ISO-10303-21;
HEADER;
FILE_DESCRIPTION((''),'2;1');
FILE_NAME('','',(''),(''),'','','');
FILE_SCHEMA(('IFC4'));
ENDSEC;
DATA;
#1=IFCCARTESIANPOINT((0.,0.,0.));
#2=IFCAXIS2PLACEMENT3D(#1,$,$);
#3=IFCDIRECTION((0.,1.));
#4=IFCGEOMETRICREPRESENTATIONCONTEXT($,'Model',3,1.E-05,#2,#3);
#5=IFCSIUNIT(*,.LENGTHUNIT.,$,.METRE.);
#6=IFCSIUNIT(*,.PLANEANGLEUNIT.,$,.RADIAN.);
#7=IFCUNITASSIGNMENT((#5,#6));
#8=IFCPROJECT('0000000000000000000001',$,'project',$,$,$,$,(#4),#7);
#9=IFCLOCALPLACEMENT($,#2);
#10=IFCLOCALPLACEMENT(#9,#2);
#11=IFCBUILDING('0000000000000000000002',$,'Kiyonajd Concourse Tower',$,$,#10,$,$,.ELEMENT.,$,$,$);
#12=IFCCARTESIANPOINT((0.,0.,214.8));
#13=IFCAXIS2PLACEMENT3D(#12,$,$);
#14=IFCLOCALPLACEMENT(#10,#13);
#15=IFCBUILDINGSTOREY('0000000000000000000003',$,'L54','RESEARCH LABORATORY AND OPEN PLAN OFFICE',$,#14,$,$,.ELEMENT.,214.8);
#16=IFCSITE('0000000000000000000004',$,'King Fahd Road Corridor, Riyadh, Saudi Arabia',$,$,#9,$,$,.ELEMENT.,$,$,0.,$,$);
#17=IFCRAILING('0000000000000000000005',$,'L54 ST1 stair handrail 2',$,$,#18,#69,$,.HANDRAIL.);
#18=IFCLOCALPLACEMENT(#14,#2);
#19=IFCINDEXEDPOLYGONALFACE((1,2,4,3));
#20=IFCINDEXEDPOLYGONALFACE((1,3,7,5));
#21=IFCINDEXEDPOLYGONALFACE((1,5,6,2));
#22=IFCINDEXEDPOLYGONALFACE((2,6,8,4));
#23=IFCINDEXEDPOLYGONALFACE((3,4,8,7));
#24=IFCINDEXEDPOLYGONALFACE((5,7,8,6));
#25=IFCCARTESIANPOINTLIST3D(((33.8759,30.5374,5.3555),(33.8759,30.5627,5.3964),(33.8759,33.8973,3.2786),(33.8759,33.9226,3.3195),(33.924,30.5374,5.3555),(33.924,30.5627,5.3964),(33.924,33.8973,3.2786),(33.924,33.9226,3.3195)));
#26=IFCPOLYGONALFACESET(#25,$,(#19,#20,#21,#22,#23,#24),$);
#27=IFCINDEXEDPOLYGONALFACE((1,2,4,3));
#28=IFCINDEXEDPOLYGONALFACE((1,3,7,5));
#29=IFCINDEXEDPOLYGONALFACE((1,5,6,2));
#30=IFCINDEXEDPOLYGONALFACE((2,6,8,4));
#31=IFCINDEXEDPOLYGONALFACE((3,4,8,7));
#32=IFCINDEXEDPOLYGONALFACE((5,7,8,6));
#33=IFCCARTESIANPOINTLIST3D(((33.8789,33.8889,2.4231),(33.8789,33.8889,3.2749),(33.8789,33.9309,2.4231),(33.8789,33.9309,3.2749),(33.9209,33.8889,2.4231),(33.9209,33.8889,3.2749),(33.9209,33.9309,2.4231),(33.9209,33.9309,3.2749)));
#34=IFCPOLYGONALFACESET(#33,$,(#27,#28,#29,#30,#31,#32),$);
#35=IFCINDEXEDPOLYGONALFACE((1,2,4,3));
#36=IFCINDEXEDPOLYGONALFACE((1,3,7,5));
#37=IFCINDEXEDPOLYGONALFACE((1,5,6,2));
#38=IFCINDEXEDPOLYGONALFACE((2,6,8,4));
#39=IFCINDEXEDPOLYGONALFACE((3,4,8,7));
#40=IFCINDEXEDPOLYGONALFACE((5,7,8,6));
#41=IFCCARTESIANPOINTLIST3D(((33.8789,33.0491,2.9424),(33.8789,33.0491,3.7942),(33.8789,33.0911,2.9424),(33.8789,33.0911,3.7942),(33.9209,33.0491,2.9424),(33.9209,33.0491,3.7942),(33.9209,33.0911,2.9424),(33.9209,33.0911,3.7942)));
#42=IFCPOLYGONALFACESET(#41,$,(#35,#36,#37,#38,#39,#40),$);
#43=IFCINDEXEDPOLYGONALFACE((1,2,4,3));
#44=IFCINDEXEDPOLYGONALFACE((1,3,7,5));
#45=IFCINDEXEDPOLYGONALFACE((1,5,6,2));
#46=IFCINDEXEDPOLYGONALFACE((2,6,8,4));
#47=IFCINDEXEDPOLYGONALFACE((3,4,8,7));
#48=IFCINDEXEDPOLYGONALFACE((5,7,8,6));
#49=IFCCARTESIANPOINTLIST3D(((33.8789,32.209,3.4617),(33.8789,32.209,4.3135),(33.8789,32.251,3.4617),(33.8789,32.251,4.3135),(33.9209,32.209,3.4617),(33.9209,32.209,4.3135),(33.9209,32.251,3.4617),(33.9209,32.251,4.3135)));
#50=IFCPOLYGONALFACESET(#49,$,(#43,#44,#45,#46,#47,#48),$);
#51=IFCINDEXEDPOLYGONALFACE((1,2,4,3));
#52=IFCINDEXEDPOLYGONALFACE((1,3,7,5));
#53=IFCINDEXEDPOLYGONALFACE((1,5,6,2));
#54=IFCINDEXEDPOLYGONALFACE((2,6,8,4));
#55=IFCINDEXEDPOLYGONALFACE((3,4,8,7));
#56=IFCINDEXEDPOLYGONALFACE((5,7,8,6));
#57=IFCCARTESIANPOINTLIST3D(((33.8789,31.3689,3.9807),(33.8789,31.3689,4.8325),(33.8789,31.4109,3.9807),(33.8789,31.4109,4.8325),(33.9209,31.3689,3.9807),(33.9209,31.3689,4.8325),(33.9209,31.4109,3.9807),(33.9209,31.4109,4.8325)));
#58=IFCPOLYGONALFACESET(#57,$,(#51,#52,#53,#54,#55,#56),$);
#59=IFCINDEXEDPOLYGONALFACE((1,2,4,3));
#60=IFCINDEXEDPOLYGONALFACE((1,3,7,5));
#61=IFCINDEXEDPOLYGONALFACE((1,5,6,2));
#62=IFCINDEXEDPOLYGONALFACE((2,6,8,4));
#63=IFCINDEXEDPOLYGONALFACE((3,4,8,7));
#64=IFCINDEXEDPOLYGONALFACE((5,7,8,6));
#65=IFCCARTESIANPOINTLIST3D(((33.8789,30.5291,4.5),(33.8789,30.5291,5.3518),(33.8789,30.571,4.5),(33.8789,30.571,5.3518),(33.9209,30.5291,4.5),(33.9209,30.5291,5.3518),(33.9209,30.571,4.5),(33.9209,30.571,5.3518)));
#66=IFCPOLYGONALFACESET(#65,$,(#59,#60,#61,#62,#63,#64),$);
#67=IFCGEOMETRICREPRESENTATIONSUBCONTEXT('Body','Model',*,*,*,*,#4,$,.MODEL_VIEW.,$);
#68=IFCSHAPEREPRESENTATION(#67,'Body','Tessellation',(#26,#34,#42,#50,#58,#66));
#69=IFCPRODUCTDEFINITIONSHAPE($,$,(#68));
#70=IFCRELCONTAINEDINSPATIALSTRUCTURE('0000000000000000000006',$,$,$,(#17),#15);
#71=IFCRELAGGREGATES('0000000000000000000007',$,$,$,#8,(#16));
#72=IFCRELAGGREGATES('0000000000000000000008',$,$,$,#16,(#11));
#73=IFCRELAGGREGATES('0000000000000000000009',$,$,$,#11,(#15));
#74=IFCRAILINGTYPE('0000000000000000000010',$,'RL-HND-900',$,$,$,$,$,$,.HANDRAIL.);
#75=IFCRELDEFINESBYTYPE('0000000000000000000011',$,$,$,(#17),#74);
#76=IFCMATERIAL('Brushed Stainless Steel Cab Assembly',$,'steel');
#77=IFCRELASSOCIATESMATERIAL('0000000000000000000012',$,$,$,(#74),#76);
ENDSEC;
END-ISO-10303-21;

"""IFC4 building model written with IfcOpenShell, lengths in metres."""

from ifc_helpers import new_model, si_unit, direction, frame, origin, origin_2d, place, context, subcontext, project, spatial, rectangle, extrude, material, type_object, element, save


model = new_model("IFC4")

# Units and contexts
model_context = context("Model", 3, precision=1e-05, world=origin(), true_north=direction((0.0, 1.0)))
body_context = subcontext(model_context, "Body", "Model", "MODEL_VIEW")
ifc_project = project(units=[si_unit("LENGTHUNIT", "METRE"), si_unit("PLANEANGLEUNIT", "RADIAN")], contexts=[model_context])

# Site, building, storey
site_placement = place(None, origin())
site = spatial("IfcSite", under=ifc_project, at=site_placement, Name="King Fahd Road Corridor, Riyadh, Saudi Arabia", CompositionType="ELEMENT", RefElevation=0.0)
building_placement = place(site_placement, origin())
building = spatial("IfcBuilding", under=site, at=building_placement, Name="Kiyonajd Concourse Tower", CompositionType="ELEMENT")
storey_placement = place(building_placement, frame((0.0, 0.0, 214.8)))
storey = spatial("IfcBuildingStorey", under=building, at=storey_placement, Name="L54", Description="RESEARCH LABORATORY AND OPEN PLAN OFFICE", CompositionType="ELEMENT", Elevation=214.8)

# Shared definitions
ifc_material_1 = material(Name="Brushed Stainless Steel Cab Assembly", Category="steel")

# Railing
railing_type_1 = type_object("IfcRailingType", Name="RL-HND-900", PredefinedType="HANDRAIL", material=ifc_material_1)
railing_1_placement = place(storey_placement, frame((33.8999, 33.9099, 2.4231)))
element("IfcRailing", 1, at=railing_1_placement, inside=storey, type_object=railing_type_1, Name="L54 ST1 stair handrail 2", PredefinedType="HANDRAIL", context=body_context, shape_type="SweptSolid", body=[
    extrude(rectangle(XDim=0.0481, YDim=0.0481, at=origin_2d()), frame((0.0, 0.0, 0.876), z_axis=(0.0, -0.850606, 0.525803), x_axis=(1.0, 0.0, 0.0)), (0.0, 0.0, 1.0), 3.95),
    extrude(rectangle(XDim=0.042, YDim=0.042, at=origin_2d()), origin(), (0.0, 0.0, 1.0), 0.8518),
    extrude(rectangle(XDim=0.042, YDim=0.042, at=origin_2d()), frame((0.0, -0.8398, 0.5193)), (0.0, 0.0, 1.0), 0.8518),
    extrude(rectangle(XDim=0.042, YDim=0.042, at=origin_2d()), frame((0.0, -1.6799, 1.0386)), (0.0, 0.0, 1.0), 0.8518),
    extrude(rectangle(XDim=0.042, YDim=0.042, at=origin_2d()), frame((0.0, -2.52, 1.5576)), (0.0, 0.0, 1.0), 0.8518),
    extrude(rectangle(XDim=0.042, YDim=0.042, at=origin_2d()), frame((0.0, -3.3599, 2.0769)), (0.0, 0.0, 1.0), 0.8518),
])

save(model, "model.ifc")
